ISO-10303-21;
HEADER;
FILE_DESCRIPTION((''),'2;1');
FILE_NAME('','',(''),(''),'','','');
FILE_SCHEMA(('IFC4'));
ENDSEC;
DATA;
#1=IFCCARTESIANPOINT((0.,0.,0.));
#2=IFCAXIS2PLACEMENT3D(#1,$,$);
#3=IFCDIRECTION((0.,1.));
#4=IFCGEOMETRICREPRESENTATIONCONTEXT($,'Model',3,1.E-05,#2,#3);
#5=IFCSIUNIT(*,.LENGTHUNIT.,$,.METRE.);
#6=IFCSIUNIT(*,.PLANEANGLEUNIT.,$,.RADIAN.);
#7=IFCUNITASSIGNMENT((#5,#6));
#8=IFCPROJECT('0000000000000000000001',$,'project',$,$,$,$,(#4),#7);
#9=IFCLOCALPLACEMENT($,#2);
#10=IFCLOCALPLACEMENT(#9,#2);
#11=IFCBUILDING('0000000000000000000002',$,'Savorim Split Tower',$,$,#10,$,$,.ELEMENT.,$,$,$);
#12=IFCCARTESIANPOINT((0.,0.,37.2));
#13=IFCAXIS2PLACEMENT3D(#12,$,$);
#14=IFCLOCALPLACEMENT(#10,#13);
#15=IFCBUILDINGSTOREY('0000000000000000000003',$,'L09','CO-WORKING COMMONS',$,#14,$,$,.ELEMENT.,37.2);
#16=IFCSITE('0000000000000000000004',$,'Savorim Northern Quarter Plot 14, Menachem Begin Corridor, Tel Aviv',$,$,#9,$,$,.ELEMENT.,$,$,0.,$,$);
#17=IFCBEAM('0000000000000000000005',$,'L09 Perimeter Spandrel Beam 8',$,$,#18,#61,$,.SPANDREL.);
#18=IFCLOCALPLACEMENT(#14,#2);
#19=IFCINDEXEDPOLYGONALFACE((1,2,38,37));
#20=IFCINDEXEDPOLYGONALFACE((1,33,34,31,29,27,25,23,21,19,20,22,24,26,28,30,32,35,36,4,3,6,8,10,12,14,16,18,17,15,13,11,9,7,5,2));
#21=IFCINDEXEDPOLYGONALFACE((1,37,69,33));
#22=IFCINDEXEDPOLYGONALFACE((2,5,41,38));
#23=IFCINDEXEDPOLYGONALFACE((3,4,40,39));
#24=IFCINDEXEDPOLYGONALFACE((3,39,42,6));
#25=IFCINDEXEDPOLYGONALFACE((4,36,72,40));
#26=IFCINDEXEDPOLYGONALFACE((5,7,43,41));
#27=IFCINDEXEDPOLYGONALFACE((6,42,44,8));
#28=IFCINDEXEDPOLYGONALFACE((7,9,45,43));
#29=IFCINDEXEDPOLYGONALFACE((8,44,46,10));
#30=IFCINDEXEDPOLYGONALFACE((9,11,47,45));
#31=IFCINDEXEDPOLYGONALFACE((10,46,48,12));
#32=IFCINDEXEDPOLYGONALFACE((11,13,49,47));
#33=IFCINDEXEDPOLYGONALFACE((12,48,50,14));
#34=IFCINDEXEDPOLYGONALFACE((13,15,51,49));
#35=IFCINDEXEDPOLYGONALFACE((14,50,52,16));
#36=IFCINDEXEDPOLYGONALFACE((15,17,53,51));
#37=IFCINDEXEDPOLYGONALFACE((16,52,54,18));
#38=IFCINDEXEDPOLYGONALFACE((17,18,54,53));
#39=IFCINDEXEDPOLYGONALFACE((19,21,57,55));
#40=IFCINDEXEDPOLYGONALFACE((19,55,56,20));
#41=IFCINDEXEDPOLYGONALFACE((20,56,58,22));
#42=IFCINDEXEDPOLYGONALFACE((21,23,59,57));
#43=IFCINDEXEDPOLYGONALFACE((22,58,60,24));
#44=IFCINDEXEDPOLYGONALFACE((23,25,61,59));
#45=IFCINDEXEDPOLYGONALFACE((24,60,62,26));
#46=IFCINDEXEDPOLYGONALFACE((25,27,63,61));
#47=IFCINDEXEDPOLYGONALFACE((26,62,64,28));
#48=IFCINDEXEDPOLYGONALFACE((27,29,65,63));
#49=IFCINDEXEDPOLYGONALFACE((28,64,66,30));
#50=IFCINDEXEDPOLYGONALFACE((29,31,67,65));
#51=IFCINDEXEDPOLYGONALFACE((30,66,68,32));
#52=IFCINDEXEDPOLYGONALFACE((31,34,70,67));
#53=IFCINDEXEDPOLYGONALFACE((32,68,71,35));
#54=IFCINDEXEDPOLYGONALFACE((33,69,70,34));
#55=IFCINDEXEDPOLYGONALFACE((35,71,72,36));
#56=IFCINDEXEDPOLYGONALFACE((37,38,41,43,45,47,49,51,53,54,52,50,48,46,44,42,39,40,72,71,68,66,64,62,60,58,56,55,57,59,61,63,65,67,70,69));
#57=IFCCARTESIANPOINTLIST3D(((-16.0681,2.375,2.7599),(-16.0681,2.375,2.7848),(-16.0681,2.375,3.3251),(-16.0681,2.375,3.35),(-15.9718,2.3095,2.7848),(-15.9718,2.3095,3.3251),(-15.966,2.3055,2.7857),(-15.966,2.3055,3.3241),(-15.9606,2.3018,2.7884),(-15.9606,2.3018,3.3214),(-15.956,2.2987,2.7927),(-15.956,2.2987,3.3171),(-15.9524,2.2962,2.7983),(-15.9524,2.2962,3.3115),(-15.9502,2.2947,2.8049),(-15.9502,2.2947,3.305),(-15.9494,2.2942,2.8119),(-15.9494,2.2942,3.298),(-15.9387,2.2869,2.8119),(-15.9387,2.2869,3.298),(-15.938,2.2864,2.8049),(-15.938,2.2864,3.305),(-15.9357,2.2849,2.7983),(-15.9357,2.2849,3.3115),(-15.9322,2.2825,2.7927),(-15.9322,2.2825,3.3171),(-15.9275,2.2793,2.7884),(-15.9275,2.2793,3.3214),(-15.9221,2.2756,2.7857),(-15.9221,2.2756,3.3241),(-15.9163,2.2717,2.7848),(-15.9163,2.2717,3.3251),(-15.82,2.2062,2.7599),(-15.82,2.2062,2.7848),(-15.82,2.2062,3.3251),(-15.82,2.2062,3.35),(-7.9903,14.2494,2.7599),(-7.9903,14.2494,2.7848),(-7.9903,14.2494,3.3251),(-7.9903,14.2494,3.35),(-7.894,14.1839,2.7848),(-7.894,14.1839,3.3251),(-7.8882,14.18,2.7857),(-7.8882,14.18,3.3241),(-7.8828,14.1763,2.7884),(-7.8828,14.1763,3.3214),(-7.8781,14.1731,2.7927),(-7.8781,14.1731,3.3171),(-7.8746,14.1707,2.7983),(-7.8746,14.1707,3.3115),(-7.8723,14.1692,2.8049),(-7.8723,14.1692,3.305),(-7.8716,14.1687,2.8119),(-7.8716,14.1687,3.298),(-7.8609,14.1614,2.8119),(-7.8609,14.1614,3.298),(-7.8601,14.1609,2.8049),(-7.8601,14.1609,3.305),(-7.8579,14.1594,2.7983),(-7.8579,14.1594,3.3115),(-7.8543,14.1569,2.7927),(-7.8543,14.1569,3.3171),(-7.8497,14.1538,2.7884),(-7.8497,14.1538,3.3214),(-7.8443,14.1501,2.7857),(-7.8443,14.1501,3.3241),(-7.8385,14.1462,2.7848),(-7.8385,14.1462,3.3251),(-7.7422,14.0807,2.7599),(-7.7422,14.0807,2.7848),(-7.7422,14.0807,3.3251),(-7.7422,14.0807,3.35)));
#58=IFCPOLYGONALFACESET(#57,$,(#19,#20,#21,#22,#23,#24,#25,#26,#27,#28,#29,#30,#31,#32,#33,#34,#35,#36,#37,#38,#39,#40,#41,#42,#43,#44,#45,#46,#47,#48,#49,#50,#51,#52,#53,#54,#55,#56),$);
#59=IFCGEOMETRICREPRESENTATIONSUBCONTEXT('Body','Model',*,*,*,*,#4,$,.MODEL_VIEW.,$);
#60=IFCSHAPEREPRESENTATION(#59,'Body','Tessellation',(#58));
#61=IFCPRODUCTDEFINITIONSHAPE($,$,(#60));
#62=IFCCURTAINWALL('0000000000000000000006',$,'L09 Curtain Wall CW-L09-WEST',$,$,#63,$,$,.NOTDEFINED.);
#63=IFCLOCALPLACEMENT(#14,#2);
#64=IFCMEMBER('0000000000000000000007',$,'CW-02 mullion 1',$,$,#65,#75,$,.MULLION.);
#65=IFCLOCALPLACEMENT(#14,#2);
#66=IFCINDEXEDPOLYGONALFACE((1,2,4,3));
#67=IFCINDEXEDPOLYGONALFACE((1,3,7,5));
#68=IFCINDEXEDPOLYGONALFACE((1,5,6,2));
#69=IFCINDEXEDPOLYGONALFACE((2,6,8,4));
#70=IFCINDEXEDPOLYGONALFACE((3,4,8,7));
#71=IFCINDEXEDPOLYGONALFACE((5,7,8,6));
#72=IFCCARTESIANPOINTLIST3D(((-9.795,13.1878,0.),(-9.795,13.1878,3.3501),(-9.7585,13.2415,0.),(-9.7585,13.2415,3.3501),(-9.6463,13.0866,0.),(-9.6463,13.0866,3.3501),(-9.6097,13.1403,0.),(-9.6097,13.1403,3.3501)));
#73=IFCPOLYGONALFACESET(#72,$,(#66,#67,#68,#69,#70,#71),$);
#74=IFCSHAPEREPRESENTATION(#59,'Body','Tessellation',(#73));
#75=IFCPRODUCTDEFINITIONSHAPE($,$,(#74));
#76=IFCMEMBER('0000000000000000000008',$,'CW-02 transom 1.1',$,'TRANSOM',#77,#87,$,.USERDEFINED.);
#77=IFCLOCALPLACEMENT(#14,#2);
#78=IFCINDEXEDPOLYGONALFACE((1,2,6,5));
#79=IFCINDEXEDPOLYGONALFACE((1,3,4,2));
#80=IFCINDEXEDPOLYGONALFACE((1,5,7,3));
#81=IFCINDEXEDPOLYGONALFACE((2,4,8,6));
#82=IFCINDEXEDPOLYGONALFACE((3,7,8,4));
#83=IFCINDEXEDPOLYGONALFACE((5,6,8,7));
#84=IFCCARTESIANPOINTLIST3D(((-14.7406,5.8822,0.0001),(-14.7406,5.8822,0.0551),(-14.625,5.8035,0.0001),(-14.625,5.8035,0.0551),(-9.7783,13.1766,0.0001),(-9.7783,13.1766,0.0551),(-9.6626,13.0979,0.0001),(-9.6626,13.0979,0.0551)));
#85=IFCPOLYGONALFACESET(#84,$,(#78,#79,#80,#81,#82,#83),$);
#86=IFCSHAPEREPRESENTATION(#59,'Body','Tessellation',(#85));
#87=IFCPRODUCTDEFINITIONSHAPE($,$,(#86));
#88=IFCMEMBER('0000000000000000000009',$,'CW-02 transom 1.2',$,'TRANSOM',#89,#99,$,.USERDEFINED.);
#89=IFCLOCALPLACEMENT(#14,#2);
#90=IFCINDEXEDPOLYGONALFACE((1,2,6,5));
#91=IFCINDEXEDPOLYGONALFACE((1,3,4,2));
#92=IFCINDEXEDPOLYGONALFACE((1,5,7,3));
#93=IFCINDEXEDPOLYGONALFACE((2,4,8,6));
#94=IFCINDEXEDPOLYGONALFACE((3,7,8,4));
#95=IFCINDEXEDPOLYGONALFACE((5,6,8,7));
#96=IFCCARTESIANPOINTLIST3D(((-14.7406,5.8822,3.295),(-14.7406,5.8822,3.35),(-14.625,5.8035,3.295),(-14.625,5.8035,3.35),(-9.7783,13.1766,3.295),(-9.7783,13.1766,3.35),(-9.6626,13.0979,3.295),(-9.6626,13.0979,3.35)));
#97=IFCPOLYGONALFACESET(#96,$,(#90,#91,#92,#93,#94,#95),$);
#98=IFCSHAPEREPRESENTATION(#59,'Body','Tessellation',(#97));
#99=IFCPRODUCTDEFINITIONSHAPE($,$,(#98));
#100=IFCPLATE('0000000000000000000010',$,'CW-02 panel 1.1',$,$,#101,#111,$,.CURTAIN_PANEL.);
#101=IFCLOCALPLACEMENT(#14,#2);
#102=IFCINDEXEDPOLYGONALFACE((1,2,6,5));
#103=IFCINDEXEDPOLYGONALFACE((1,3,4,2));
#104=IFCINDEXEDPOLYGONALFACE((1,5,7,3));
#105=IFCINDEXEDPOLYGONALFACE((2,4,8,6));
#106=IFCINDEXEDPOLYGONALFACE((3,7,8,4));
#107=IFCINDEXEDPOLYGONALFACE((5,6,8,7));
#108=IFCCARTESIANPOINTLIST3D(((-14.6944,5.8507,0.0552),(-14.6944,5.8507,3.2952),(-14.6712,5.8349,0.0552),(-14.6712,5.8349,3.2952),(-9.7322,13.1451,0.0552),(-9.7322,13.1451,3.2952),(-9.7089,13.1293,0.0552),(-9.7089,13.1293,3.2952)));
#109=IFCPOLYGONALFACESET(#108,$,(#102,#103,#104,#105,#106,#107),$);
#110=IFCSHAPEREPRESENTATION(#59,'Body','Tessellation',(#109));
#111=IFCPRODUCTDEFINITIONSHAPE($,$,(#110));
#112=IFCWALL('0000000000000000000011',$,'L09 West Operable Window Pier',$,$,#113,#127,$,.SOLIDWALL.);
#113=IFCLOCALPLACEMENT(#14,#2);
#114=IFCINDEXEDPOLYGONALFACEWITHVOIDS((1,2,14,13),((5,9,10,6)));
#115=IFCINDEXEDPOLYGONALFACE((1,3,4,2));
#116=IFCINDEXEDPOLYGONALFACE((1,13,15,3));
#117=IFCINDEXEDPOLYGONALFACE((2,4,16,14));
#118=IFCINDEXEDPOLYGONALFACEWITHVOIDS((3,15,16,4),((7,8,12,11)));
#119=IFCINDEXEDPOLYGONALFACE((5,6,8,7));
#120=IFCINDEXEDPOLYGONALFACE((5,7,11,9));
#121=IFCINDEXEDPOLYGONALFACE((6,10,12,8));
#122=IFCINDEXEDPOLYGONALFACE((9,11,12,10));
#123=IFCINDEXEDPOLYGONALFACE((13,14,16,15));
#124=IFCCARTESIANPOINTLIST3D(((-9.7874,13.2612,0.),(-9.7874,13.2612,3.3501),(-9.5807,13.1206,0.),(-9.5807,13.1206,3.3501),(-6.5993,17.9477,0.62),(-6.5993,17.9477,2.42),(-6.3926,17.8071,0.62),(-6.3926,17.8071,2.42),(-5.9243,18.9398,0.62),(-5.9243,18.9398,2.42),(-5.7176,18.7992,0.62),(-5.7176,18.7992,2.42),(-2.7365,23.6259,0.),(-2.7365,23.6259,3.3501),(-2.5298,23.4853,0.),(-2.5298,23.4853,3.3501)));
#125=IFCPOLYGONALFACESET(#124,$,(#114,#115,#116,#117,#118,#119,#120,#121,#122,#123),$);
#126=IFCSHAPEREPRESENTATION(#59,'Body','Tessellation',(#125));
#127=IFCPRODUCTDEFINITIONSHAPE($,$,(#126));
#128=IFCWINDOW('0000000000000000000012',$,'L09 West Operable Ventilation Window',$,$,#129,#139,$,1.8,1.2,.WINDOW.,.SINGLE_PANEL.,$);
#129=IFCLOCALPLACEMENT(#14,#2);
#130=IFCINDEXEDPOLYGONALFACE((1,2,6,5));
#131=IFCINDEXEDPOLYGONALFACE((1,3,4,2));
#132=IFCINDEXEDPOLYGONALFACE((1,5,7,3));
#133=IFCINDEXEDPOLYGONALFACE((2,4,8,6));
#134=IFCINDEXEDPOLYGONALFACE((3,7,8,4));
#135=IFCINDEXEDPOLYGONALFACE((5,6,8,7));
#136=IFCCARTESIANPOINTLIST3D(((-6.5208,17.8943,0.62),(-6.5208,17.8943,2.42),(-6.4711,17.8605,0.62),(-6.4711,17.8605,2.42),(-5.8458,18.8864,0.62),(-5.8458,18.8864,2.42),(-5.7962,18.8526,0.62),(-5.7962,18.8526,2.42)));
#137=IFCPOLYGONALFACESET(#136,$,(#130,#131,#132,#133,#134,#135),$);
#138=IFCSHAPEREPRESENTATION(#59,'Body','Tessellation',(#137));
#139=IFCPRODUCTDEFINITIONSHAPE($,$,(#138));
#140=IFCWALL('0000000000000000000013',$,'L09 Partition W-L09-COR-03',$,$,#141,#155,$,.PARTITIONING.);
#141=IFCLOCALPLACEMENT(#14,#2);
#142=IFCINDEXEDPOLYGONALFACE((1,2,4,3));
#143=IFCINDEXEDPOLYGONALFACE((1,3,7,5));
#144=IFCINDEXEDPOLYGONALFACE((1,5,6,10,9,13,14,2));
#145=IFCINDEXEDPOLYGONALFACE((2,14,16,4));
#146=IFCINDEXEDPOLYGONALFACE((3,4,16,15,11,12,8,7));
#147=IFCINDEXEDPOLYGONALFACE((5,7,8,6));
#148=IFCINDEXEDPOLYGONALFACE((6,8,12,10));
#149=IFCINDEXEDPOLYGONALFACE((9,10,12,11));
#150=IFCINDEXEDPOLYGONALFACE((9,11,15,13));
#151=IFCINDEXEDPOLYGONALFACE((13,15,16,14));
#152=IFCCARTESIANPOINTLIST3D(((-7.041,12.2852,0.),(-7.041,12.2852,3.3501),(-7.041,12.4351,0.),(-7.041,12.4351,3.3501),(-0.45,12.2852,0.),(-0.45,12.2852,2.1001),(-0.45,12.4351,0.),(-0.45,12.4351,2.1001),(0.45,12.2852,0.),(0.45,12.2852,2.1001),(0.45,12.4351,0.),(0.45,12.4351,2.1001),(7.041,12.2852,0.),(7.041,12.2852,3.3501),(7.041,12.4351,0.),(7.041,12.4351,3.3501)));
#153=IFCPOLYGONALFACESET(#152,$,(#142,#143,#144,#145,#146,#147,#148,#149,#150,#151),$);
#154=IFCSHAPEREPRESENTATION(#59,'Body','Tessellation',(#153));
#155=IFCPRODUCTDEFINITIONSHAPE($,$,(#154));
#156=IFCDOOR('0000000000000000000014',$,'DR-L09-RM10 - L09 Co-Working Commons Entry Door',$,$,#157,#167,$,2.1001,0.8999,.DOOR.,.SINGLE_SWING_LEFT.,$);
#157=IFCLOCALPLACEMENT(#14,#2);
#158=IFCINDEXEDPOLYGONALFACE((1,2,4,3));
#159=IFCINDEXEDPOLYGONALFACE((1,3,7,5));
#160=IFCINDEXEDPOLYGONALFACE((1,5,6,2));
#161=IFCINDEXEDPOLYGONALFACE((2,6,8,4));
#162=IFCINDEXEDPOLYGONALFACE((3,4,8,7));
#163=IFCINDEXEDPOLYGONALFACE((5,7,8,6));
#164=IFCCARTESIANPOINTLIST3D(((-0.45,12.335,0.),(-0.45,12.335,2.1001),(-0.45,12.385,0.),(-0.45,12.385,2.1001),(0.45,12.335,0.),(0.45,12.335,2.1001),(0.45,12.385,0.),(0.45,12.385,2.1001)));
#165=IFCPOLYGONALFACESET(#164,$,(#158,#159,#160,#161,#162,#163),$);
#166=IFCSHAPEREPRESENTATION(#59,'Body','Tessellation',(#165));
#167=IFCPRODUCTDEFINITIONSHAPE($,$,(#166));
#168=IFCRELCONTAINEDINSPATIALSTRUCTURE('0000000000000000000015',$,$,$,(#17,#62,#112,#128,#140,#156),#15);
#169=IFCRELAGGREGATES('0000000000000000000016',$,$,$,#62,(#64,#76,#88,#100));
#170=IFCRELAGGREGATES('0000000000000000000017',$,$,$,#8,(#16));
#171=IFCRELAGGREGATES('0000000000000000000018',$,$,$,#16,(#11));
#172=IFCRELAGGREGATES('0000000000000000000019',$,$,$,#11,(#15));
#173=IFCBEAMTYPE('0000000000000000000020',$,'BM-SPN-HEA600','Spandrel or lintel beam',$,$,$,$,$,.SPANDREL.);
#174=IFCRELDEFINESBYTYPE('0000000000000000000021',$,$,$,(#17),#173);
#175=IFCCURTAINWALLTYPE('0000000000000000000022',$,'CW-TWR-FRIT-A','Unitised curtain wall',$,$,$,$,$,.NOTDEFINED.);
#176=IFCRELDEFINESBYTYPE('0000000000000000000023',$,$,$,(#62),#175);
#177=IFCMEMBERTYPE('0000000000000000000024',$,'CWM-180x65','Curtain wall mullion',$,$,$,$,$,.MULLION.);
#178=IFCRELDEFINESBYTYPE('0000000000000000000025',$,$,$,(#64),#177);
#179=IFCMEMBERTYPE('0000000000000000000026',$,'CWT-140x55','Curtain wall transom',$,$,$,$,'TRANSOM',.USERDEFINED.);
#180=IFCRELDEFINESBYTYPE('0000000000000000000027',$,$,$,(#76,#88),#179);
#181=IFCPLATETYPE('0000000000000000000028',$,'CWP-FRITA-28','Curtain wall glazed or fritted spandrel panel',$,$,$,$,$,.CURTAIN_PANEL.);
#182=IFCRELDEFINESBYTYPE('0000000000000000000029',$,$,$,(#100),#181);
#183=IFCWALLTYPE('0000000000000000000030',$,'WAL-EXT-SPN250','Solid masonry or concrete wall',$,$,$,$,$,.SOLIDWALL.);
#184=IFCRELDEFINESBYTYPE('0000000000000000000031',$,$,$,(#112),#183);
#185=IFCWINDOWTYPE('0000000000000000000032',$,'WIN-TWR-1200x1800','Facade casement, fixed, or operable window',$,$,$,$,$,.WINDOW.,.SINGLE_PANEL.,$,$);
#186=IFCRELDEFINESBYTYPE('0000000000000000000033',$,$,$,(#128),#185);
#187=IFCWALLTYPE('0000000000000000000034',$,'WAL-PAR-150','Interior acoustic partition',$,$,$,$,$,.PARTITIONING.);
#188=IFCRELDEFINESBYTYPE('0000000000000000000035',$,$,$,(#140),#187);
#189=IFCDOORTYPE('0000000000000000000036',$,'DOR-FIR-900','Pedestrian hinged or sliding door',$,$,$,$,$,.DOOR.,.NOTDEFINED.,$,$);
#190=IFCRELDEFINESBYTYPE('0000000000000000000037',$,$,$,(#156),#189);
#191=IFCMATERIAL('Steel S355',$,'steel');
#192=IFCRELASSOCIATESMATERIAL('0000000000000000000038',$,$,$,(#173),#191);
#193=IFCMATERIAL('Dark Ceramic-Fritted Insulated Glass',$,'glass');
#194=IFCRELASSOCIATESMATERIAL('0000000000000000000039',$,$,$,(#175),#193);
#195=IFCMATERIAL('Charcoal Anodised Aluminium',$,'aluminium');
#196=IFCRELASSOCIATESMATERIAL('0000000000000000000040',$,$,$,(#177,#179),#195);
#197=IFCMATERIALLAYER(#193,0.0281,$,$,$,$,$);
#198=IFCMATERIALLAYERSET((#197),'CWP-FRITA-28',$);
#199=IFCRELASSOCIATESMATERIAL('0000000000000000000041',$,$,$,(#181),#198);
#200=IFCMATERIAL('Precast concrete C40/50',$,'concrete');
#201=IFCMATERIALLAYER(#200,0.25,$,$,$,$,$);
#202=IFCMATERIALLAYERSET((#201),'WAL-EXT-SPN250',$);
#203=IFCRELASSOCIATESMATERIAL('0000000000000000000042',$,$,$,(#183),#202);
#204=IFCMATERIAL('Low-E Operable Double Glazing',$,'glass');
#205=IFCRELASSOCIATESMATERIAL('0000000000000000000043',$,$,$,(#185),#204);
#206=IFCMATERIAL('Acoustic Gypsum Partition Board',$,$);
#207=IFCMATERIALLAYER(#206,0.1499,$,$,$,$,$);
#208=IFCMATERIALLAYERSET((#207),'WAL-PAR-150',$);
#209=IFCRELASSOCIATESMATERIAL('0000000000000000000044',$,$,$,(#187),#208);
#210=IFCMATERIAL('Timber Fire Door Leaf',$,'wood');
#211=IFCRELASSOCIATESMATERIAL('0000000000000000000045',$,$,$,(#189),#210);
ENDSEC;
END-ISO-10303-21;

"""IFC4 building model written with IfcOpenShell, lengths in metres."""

from ifc_helpers import new_model, si_unit, direction, frame, frame_2d, origin, origin_2d, place, context, subcontext, project, spatial, rectangle, i_section, extrude, material, layer, layer_set, material_profile, profile_set, type_object, element, fill, aggregate, save


model = new_model("IFC4")

# Units and contexts
model_context = context("Model", 3, precision=1e-05, world=origin(), true_north=direction((0.0, 1.0)))
body_context = subcontext(model_context, "Body", "Model", "MODEL_VIEW")
ifc_project = project(units=[si_unit("LENGTHUNIT", "METRE"), si_unit("PLANEANGLEUNIT", "RADIAN")], contexts=[model_context])

# Site, building, storey
site_placement = place(None, origin())
site = spatial("IfcSite", under=ifc_project, at=site_placement, Name="Savorim Northern Quarter Plot 14, Menachem Begin Corridor, Tel Aviv", CompositionType="ELEMENT", RefElevation=0.0)
building_placement = place(site_placement, origin())
building = spatial("IfcBuilding", under=site, at=building_placement, Name="Savorim Split Tower", CompositionType="ELEMENT")
storey_placement = place(building_placement, frame((0.0, 0.0, 37.2)))
storey = spatial("IfcBuildingStorey", under=building, at=storey_placement, Name="L09", Description="CO-WORKING COMMONS", CompositionType="ELEMENT", Elevation=37.2)

# Beam
ifc_material_1 = material(Name="Steel S355", Category="steel")
ifc_material_profile_1 = material_profile(ifc_material_1, i_section(OverallWidth=0.3, OverallDepth=0.5901, WebThickness=0.0129, FlangeThickness=0.0249, FilletRadius=0.0271, at=origin_2d()), Name="HEA 600")
ifc_profile_set_1 = profile_set([ifc_material_profile_1], Name="Steel S355")
beam_type_1 = type_object("IfcBeamType", Name="BM-SPN-HEA600", Description="Spandrel or lintel beam", PredefinedType="SPANDREL", material=ifc_profile_set_1)
beam_1_placement = place(storey_placement, frame((-7.8662, 14.165, 3.0549), z_axis=(-0.562463, -0.826822, 0.0), x_axis=(0.826822, -0.562463, 0.0)))
element("IfcBeam", 1, at=beam_1_placement, inside=storey, type_object=beam_type_1, Name="L09 Perimeter Spandrel Beam 8", PredefinedType="SPANDREL", context=body_context, shape_type="SweptSolid", body=[
    extrude(i_section(OverallWidth=0.3, OverallDepth=0.5901, WebThickness=0.0129, FlangeThickness=0.0249, FilletRadius=0.0271, at=origin_2d()), origin(), (0.0, 0.0, 1.0), 14.3616),
])

# Curtain wall, members, plate
ifc_material_2 = material(Name="Dark Ceramic-Fritted Insulated Glass", Category="glass")
curtain_wall_type = type_object("IfcCurtainWallType", Name="CW-TWR-FRIT-A", Description="Unitised curtain wall", PredefinedType="NOTDEFINED", material=ifc_material_2)
curtain_wall_placement = place(storey_placement, origin())
curtain_wall = element("IfcCurtainWall", 2, at=curtain_wall_placement, inside=storey, type_object=curtain_wall_type, Name="L09 Curtain Wall CW-L09-WEST", PredefinedType="NOTDEFINED")
ifc_material_3 = material(Name="Charcoal Anodised Aluminium", Category="aluminium")
ifc_material_profile_2 = material_profile(ifc_material_3, rectangle(XDim=0.1799, YDim=0.0649, at=origin_2d()), Name="ALU-M 180x65")
ifc_profile_set_2 = profile_set([ifc_material_profile_2], Name="Charcoal Anodised Aluminium")
member_type_1 = type_object("IfcMemberType", Name="CWM-180x65", Description="Curtain wall mullion", PredefinedType="MULLION", material=ifc_profile_set_2)
member_1_placement = place(storey_placement, frame((-9.7024, 13.1641, 0.0), z_axis=(0.0, 0.0, 1.0), x_axis=(0.826821, -0.562465, 0.0)))
member_1 = element("IfcMember", 3, at=member_1_placement, type_object=member_type_1, Name="CW-02 mullion 1", PredefinedType="MULLION", context=body_context, shape_type="SweptSolid", body=[
    extrude(rectangle(XDim=0.1799, YDim=0.0649, at=origin_2d()), origin(), (0.0, 0.0, 1.0), 3.3501),
])
ifc_material_profile_3 = material_profile(ifc_material_3, rectangle(XDim=0.1399, YDim=0.0549, at=origin_2d()), Name="ALU-T 140x55")
ifc_profile_set_3 = profile_set([ifc_material_profile_3], Name="Charcoal Anodised Aluminium")
member_type_2 = type_object("IfcMemberType", Name="CWT-140x55", Description="Curtain wall transom", ElementType="TRANSOM", PredefinedType="USERDEFINED", material=ifc_profile_set_3)
member_2_placement = place(storey_placement, frame((-9.7205, 13.1372, 0.0276), z_axis=(-0.56248, -0.826811, 0.0), x_axis=(0.826811, -0.56248, 0.0)))
member_2 = element("IfcMember", 4, at=member_2_placement, type_object=member_type_2, Name="CW-02 transom 1.1", ObjectType="TRANSOM", PredefinedType="USERDEFINED", context=body_context, shape_type="SweptSolid", body=[
    extrude(rectangle(XDim=0.1399, YDim=0.0549, at=origin_2d()), origin(), (0.0, 0.0, 1.0), 8.8223),
])
member_3_placement = place(storey_placement, frame((-9.7205, 13.1372, 3.3225), z_axis=(-0.56248, -0.826811, 0.0), x_axis=(0.826811, -0.56248, 0.0)))
member_3 = element("IfcMember", 5, at=member_3_placement, type_object=member_type_2, Name="CW-02 transom 1.2", ObjectType="TRANSOM", PredefinedType="USERDEFINED", context=body_context, shape_type="SweptSolid", body=[
    extrude(rectangle(XDim=0.1399, YDim=0.0549, at=origin_2d()), origin(), (0.0, 0.0, 1.0), 8.8223),
])
ifc_layer_1 = layer(ifc_material_2, 0.0281)
ifc_layer_set_1 = layer_set([ifc_layer_1], Name="CWP-FRITA-28")
plate_type = type_object("IfcPlateType", Name="CWP-FRITA-28", Description="Curtain wall glazed or fritted spandrel panel", PredefinedType="CURTAIN_PANEL", material=ifc_layer_set_1)
plate_placement = place(storey_placement, frame((-12.2017, 9.49, 0.0552), z_axis=(0.0, 0.0, 1.0), x_axis=(-0.562465, -0.826821, 0.0)))
plate = element("IfcPlate", 6, at=plate_placement, type_object=plate_type, Name="CW-02 panel 1.1", PredefinedType="CURTAIN_PANEL", context=body_context, shape_type="SweptSolid", body=[
    extrude(rectangle(XDim=8.8223, YDim=0.0281, at=origin_2d()), origin(), (0.0, 0.0, 1.0), 3.24),
])
aggregate(curtain_wall, [member_1, member_2, member_3, plate])

# Shared definitions
ifc_material_4 = material(Name="Precast concrete C40/50", Category="concrete")

# Wall, opening, window
ifc_layer_2 = layer(ifc_material_4, 0.25)
ifc_layer_set_2 = layer_set([ifc_layer_2], Name="WAL-EXT-SPN250")
wall_type_1 = type_object("IfcWallType", Name="WAL-EXT-SPN250", Description="Solid masonry or concrete wall", PredefinedType="SOLIDWALL", material=ifc_layer_set_2)
wall_1_placement = place(storey_placement, frame((-9.6841, 13.1909, 0.0), z_axis=(0.0, 0.0, 1.0), x_axis=(0.562474, 0.826815, 0.0)))
wall_1 = element("IfcWall", 7, at=wall_1_placement, inside=storey, type_object=wall_type_1, Name="L09 West Operable Window Pier", PredefinedType="SOLIDWALL", context=body_context, shape_type="SweptSolid", body=[
    extrude(rectangle(XDim=12.5356, YDim=0.25, at=frame_2d((6.2678, 0.0))), origin(), (0.0, 0.0, 1.0), 3.3501),
])
opening_1_placement = place(wall_1_placement, frame((5.668, 0.0, 0.6201)))
opening_1 = element("IfcOpeningElement", 8, at=opening_1_placement, cuts=wall_1, PredefinedType="OPENING", context=body_context, shape_type="SweptSolid", body=[
    extrude(rectangle(XDim=1.2, YDim=1.8, at=frame_2d((0.6001, 0.8999))), frame((0.0, 0.135, 0.0), z_axis=(0.0, -1.0, 0.0), x_axis=(1.0, 0.0, 0.0)), (0.0, 0.0, 1.0), 0.27),
])
ifc_material_5 = material(Name="Low-E Operable Double Glazing", Category="glass")
window_type = type_object("IfcWindowType", Name="WIN-TWR-1200x1800", Description="Facade casement, fixed, or operable window", PartitioningType="SINGLE_PANEL", PredefinedType="WINDOW", material=ifc_material_5)
window_placement = place(opening_1_placement, origin())
window = element("IfcWindow", 9, at=window_placement, inside=storey, type_object=window_type, Name="L09 West Operable Ventilation Window", OverallHeight=1.8, OverallWidth=1.2, PartitioningType="SINGLE_PANEL", PredefinedType="WINDOW", context=body_context, shape_type="SweptSolid", body=[
    extrude(rectangle(XDim=1.2, YDim=1.8, at=frame_2d((0.6001, 0.8999))), frame((0.0, 0.03, 0.0), z_axis=(0.0, -1.0, 0.0), x_axis=(1.0, 0.0, 0.0)), (0.0, 0.0, 1.0), 0.0601),
])
fill(opening_1, window)

# Wall, opening, door
ifc_material_6 = material(Name="Acoustic Gypsum Partition Board")
ifc_layer_3 = layer(ifc_material_6, 0.1499)
ifc_layer_set_3 = layer_set([ifc_layer_3], Name="WAL-PAR-150")
wall_type_2 = type_object("IfcWallType", Name="WAL-PAR-150", Description="Interior acoustic partition", PredefinedType="PARTITIONING", material=ifc_layer_set_3)
wall_2_placement = place(storey_placement, frame((-7.041, 12.3601, 0.0), z_axis=(0.0, 0.0, 1.0), x_axis=(1.0, 0.0, 0.0)))
wall_2 = element("IfcWall", 10, at=wall_2_placement, inside=storey, type_object=wall_type_2, Name="L09 Partition W-L09-COR-03", PredefinedType="PARTITIONING", context=body_context, shape_type="SweptSolid", body=[
    extrude(rectangle(XDim=14.082, YDim=0.1499, at=frame_2d((7.041, 0.0))), origin(), (0.0, 0.0, 1.0), 3.3501),
])
opening_2_placement = place(wall_2_placement, frame((6.5911, 0.0, 0.0)))
opening_2 = element("IfcOpeningElement", 11, at=opening_2_placement, cuts=wall_2, PredefinedType="OPENING", context=body_context, shape_type="SweptSolid", body=[
    extrude(rectangle(XDim=0.8999, YDim=2.1001, at=frame_2d((0.45, 1.05))), frame((0.0, 0.085, 0.0), z_axis=(0.0, -1.0, 0.0), x_axis=(1.0, 0.0, 0.0)), (0.0, 0.0, 1.0), 0.1699),
])
ifc_material_7 = material(Name="Timber Fire Door Leaf", Category="wood")
door_type_1 = type_object("IfcDoorType", Name="DOR-FIR-900", Description="Pedestrian hinged or sliding door", OperationType="NOTDEFINED", PredefinedType="DOOR", material=ifc_material_7)
door_1_placement = place(opening_2_placement, origin())
door_1 = element("IfcDoor", 12, at=door_1_placement, inside=storey, type_object=door_type_1, Name="DR-L09-RM10 - L09 Co-Working Commons Entry Door", OperationType="SINGLE_SWING_LEFT", OverallHeight=2.1001, OverallWidth=0.8999, PredefinedType="DOOR", context=body_context, shape_type="SweptSolid", body=[
    extrude(rectangle(XDim=0.8999, YDim=2.1001, at=frame_2d((0.45, 1.05))), frame((0.0, 0.0249, 0.0), z_axis=(0.0, -1.0, 0.0), x_axis=(1.0, 0.0, 0.0)), (0.0, 0.0, 1.0), 0.05),
])
fill(opening_2, door_1)

save(model, "model.ifc")
